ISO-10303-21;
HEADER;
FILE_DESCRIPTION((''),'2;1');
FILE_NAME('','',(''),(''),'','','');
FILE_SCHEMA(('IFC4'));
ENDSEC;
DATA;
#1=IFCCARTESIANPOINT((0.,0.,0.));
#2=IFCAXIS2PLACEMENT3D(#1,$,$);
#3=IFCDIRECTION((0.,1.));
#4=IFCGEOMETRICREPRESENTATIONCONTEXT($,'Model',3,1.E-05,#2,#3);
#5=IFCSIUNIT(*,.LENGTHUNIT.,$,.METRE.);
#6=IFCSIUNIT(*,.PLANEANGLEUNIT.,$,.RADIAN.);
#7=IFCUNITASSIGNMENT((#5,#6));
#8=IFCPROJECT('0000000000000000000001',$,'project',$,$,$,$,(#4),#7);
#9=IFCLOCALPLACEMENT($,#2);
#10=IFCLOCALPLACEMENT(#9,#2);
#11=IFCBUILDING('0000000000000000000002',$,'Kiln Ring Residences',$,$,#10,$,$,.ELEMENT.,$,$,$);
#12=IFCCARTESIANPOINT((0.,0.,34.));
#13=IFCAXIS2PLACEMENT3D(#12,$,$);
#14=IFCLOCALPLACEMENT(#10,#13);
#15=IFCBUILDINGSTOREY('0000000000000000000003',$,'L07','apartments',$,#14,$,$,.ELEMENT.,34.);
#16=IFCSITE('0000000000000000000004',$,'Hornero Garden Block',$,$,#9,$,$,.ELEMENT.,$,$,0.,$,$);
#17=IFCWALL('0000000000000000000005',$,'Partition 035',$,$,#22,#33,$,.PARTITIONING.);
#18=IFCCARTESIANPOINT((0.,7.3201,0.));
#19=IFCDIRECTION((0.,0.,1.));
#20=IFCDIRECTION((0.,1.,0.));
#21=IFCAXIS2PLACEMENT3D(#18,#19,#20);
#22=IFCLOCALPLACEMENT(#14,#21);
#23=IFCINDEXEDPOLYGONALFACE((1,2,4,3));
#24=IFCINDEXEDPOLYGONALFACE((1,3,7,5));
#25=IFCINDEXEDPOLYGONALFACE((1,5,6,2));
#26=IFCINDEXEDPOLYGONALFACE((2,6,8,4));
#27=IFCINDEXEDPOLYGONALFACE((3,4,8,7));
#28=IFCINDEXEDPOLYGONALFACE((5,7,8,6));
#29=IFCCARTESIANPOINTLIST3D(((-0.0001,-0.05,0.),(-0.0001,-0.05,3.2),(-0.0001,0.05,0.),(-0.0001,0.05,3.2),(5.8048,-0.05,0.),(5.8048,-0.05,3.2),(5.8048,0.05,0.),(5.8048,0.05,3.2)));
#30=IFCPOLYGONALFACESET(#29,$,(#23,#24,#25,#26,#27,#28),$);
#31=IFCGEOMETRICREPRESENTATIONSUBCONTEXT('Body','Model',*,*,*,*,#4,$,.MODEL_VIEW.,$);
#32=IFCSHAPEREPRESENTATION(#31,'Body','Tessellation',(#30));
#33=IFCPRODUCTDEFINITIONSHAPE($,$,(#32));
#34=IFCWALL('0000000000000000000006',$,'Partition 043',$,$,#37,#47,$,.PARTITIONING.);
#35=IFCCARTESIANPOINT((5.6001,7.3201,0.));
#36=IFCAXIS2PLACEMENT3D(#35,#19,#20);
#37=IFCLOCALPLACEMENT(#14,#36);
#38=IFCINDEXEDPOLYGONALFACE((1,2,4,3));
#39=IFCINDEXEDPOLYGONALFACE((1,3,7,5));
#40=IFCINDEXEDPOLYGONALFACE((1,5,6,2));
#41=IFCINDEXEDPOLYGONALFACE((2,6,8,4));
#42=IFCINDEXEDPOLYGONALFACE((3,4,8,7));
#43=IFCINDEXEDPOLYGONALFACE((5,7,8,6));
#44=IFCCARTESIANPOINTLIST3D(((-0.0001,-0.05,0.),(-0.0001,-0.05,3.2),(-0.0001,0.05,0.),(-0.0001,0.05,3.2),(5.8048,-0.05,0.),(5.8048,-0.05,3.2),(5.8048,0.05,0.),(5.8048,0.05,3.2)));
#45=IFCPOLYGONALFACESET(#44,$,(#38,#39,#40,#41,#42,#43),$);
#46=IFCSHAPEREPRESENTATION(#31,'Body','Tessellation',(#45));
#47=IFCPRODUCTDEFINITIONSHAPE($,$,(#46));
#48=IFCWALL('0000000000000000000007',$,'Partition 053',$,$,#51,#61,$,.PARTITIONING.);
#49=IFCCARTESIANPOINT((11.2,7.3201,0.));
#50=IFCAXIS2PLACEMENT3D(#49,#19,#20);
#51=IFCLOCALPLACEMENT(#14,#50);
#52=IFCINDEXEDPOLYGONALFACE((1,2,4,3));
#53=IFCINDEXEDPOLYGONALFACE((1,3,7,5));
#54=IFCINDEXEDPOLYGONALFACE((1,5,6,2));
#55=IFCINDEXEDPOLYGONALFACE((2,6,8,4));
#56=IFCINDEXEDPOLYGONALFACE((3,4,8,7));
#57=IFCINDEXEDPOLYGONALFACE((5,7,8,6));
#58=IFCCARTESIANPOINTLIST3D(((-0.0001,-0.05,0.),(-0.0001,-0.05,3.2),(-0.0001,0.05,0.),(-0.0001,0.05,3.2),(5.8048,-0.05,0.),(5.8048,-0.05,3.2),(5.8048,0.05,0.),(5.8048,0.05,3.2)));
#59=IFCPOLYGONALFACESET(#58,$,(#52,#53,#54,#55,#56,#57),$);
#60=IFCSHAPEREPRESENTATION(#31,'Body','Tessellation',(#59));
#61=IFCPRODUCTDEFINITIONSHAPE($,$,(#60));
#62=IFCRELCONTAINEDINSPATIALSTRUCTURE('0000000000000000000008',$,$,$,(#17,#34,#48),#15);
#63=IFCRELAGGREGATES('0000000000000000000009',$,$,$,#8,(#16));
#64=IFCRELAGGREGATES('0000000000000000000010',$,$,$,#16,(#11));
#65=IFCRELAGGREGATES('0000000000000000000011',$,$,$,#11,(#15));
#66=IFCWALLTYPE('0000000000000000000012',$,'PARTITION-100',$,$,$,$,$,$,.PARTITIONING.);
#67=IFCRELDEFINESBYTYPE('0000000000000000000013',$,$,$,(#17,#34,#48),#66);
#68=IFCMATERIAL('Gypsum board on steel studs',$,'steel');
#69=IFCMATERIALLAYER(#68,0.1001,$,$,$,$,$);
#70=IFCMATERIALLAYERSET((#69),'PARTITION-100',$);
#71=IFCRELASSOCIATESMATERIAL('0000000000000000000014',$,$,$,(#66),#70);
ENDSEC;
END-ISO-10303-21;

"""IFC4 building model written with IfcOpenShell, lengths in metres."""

from ifc_helpers import new_model, si_unit, direction, frame, frame_2d, origin, place, context, subcontext, project, spatial, rectangle, extrude, material, layer, layer_set, type_object, element, save


model = new_model("IFC4")

# Units and contexts
model_context = context("Model", 3, precision=1e-05, world=origin(), true_north=direction((0.0, 1.0)))
body_context = subcontext(model_context, "Body", "Model", "MODEL_VIEW")
ifc_project = project(units=[si_unit("LENGTHUNIT", "METRE"), si_unit("PLANEANGLEUNIT", "RADIAN")], contexts=[model_context])

# Site, building, storey
site_placement = place(None, origin())
site = spatial("IfcSite", under=ifc_project, at=site_placement, Name="Hornero Garden Block", CompositionType="ELEMENT", RefElevation=0.0)
building_placement = place(site_placement, origin())
building = spatial("IfcBuilding", under=site, at=building_placement, Name="Kiln Ring Residences", CompositionType="ELEMENT")
storey_placement = place(building_placement, frame((0.0, 0.0, 34.0)))
storey = spatial("IfcBuildingStorey", under=building, at=storey_placement, Name="L07", Description="apartments", CompositionType="ELEMENT", Elevation=34.0)

# Walls
ifc_material_1 = material(Name="Gypsum board on steel studs", Category="steel")
ifc_layer_1 = layer(ifc_material_1, 0.1001)
ifc_layer_set_1 = layer_set([ifc_layer_1], Name="PARTITION-100")
wall_type_1 = type_object("IfcWallType", Name="PARTITION-100", PredefinedType="PARTITIONING", material=ifc_layer_set_1)
for number, where, z_axis, x_axis, name in (
    (1, (0.0, 7.3201, 0.0), (0.0, 0.0, 1.0), (0.0, 1.0, 0.0), "Partition 035"),
    (2, (5.6001, 7.3201, 0.0), (0.0, 0.0, 1.0), (0.0, 1.0, 0.0), "Partition 043"),
    (3, (11.2, 7.3201, 0.0), (0.0, 0.0, 1.0), (0.0, 1.0, 0.0), "Partition 053"),
):
    element("IfcWall", number, at=place(storey_placement, frame(where, z_axis=z_axis, x_axis=x_axis)), inside=storey, type_object=wall_type_1, Name=name, PredefinedType="PARTITIONING", context=body_context, shape_type="SweptSolid", body=[
        extrude(rectangle(XDim=5.8049, YDim=0.1001, at=frame_2d((2.9023, 0.0))), origin(), (0.0, 0.0, 1.0), 3.2),
    ])

save(model, "model.ifc")
